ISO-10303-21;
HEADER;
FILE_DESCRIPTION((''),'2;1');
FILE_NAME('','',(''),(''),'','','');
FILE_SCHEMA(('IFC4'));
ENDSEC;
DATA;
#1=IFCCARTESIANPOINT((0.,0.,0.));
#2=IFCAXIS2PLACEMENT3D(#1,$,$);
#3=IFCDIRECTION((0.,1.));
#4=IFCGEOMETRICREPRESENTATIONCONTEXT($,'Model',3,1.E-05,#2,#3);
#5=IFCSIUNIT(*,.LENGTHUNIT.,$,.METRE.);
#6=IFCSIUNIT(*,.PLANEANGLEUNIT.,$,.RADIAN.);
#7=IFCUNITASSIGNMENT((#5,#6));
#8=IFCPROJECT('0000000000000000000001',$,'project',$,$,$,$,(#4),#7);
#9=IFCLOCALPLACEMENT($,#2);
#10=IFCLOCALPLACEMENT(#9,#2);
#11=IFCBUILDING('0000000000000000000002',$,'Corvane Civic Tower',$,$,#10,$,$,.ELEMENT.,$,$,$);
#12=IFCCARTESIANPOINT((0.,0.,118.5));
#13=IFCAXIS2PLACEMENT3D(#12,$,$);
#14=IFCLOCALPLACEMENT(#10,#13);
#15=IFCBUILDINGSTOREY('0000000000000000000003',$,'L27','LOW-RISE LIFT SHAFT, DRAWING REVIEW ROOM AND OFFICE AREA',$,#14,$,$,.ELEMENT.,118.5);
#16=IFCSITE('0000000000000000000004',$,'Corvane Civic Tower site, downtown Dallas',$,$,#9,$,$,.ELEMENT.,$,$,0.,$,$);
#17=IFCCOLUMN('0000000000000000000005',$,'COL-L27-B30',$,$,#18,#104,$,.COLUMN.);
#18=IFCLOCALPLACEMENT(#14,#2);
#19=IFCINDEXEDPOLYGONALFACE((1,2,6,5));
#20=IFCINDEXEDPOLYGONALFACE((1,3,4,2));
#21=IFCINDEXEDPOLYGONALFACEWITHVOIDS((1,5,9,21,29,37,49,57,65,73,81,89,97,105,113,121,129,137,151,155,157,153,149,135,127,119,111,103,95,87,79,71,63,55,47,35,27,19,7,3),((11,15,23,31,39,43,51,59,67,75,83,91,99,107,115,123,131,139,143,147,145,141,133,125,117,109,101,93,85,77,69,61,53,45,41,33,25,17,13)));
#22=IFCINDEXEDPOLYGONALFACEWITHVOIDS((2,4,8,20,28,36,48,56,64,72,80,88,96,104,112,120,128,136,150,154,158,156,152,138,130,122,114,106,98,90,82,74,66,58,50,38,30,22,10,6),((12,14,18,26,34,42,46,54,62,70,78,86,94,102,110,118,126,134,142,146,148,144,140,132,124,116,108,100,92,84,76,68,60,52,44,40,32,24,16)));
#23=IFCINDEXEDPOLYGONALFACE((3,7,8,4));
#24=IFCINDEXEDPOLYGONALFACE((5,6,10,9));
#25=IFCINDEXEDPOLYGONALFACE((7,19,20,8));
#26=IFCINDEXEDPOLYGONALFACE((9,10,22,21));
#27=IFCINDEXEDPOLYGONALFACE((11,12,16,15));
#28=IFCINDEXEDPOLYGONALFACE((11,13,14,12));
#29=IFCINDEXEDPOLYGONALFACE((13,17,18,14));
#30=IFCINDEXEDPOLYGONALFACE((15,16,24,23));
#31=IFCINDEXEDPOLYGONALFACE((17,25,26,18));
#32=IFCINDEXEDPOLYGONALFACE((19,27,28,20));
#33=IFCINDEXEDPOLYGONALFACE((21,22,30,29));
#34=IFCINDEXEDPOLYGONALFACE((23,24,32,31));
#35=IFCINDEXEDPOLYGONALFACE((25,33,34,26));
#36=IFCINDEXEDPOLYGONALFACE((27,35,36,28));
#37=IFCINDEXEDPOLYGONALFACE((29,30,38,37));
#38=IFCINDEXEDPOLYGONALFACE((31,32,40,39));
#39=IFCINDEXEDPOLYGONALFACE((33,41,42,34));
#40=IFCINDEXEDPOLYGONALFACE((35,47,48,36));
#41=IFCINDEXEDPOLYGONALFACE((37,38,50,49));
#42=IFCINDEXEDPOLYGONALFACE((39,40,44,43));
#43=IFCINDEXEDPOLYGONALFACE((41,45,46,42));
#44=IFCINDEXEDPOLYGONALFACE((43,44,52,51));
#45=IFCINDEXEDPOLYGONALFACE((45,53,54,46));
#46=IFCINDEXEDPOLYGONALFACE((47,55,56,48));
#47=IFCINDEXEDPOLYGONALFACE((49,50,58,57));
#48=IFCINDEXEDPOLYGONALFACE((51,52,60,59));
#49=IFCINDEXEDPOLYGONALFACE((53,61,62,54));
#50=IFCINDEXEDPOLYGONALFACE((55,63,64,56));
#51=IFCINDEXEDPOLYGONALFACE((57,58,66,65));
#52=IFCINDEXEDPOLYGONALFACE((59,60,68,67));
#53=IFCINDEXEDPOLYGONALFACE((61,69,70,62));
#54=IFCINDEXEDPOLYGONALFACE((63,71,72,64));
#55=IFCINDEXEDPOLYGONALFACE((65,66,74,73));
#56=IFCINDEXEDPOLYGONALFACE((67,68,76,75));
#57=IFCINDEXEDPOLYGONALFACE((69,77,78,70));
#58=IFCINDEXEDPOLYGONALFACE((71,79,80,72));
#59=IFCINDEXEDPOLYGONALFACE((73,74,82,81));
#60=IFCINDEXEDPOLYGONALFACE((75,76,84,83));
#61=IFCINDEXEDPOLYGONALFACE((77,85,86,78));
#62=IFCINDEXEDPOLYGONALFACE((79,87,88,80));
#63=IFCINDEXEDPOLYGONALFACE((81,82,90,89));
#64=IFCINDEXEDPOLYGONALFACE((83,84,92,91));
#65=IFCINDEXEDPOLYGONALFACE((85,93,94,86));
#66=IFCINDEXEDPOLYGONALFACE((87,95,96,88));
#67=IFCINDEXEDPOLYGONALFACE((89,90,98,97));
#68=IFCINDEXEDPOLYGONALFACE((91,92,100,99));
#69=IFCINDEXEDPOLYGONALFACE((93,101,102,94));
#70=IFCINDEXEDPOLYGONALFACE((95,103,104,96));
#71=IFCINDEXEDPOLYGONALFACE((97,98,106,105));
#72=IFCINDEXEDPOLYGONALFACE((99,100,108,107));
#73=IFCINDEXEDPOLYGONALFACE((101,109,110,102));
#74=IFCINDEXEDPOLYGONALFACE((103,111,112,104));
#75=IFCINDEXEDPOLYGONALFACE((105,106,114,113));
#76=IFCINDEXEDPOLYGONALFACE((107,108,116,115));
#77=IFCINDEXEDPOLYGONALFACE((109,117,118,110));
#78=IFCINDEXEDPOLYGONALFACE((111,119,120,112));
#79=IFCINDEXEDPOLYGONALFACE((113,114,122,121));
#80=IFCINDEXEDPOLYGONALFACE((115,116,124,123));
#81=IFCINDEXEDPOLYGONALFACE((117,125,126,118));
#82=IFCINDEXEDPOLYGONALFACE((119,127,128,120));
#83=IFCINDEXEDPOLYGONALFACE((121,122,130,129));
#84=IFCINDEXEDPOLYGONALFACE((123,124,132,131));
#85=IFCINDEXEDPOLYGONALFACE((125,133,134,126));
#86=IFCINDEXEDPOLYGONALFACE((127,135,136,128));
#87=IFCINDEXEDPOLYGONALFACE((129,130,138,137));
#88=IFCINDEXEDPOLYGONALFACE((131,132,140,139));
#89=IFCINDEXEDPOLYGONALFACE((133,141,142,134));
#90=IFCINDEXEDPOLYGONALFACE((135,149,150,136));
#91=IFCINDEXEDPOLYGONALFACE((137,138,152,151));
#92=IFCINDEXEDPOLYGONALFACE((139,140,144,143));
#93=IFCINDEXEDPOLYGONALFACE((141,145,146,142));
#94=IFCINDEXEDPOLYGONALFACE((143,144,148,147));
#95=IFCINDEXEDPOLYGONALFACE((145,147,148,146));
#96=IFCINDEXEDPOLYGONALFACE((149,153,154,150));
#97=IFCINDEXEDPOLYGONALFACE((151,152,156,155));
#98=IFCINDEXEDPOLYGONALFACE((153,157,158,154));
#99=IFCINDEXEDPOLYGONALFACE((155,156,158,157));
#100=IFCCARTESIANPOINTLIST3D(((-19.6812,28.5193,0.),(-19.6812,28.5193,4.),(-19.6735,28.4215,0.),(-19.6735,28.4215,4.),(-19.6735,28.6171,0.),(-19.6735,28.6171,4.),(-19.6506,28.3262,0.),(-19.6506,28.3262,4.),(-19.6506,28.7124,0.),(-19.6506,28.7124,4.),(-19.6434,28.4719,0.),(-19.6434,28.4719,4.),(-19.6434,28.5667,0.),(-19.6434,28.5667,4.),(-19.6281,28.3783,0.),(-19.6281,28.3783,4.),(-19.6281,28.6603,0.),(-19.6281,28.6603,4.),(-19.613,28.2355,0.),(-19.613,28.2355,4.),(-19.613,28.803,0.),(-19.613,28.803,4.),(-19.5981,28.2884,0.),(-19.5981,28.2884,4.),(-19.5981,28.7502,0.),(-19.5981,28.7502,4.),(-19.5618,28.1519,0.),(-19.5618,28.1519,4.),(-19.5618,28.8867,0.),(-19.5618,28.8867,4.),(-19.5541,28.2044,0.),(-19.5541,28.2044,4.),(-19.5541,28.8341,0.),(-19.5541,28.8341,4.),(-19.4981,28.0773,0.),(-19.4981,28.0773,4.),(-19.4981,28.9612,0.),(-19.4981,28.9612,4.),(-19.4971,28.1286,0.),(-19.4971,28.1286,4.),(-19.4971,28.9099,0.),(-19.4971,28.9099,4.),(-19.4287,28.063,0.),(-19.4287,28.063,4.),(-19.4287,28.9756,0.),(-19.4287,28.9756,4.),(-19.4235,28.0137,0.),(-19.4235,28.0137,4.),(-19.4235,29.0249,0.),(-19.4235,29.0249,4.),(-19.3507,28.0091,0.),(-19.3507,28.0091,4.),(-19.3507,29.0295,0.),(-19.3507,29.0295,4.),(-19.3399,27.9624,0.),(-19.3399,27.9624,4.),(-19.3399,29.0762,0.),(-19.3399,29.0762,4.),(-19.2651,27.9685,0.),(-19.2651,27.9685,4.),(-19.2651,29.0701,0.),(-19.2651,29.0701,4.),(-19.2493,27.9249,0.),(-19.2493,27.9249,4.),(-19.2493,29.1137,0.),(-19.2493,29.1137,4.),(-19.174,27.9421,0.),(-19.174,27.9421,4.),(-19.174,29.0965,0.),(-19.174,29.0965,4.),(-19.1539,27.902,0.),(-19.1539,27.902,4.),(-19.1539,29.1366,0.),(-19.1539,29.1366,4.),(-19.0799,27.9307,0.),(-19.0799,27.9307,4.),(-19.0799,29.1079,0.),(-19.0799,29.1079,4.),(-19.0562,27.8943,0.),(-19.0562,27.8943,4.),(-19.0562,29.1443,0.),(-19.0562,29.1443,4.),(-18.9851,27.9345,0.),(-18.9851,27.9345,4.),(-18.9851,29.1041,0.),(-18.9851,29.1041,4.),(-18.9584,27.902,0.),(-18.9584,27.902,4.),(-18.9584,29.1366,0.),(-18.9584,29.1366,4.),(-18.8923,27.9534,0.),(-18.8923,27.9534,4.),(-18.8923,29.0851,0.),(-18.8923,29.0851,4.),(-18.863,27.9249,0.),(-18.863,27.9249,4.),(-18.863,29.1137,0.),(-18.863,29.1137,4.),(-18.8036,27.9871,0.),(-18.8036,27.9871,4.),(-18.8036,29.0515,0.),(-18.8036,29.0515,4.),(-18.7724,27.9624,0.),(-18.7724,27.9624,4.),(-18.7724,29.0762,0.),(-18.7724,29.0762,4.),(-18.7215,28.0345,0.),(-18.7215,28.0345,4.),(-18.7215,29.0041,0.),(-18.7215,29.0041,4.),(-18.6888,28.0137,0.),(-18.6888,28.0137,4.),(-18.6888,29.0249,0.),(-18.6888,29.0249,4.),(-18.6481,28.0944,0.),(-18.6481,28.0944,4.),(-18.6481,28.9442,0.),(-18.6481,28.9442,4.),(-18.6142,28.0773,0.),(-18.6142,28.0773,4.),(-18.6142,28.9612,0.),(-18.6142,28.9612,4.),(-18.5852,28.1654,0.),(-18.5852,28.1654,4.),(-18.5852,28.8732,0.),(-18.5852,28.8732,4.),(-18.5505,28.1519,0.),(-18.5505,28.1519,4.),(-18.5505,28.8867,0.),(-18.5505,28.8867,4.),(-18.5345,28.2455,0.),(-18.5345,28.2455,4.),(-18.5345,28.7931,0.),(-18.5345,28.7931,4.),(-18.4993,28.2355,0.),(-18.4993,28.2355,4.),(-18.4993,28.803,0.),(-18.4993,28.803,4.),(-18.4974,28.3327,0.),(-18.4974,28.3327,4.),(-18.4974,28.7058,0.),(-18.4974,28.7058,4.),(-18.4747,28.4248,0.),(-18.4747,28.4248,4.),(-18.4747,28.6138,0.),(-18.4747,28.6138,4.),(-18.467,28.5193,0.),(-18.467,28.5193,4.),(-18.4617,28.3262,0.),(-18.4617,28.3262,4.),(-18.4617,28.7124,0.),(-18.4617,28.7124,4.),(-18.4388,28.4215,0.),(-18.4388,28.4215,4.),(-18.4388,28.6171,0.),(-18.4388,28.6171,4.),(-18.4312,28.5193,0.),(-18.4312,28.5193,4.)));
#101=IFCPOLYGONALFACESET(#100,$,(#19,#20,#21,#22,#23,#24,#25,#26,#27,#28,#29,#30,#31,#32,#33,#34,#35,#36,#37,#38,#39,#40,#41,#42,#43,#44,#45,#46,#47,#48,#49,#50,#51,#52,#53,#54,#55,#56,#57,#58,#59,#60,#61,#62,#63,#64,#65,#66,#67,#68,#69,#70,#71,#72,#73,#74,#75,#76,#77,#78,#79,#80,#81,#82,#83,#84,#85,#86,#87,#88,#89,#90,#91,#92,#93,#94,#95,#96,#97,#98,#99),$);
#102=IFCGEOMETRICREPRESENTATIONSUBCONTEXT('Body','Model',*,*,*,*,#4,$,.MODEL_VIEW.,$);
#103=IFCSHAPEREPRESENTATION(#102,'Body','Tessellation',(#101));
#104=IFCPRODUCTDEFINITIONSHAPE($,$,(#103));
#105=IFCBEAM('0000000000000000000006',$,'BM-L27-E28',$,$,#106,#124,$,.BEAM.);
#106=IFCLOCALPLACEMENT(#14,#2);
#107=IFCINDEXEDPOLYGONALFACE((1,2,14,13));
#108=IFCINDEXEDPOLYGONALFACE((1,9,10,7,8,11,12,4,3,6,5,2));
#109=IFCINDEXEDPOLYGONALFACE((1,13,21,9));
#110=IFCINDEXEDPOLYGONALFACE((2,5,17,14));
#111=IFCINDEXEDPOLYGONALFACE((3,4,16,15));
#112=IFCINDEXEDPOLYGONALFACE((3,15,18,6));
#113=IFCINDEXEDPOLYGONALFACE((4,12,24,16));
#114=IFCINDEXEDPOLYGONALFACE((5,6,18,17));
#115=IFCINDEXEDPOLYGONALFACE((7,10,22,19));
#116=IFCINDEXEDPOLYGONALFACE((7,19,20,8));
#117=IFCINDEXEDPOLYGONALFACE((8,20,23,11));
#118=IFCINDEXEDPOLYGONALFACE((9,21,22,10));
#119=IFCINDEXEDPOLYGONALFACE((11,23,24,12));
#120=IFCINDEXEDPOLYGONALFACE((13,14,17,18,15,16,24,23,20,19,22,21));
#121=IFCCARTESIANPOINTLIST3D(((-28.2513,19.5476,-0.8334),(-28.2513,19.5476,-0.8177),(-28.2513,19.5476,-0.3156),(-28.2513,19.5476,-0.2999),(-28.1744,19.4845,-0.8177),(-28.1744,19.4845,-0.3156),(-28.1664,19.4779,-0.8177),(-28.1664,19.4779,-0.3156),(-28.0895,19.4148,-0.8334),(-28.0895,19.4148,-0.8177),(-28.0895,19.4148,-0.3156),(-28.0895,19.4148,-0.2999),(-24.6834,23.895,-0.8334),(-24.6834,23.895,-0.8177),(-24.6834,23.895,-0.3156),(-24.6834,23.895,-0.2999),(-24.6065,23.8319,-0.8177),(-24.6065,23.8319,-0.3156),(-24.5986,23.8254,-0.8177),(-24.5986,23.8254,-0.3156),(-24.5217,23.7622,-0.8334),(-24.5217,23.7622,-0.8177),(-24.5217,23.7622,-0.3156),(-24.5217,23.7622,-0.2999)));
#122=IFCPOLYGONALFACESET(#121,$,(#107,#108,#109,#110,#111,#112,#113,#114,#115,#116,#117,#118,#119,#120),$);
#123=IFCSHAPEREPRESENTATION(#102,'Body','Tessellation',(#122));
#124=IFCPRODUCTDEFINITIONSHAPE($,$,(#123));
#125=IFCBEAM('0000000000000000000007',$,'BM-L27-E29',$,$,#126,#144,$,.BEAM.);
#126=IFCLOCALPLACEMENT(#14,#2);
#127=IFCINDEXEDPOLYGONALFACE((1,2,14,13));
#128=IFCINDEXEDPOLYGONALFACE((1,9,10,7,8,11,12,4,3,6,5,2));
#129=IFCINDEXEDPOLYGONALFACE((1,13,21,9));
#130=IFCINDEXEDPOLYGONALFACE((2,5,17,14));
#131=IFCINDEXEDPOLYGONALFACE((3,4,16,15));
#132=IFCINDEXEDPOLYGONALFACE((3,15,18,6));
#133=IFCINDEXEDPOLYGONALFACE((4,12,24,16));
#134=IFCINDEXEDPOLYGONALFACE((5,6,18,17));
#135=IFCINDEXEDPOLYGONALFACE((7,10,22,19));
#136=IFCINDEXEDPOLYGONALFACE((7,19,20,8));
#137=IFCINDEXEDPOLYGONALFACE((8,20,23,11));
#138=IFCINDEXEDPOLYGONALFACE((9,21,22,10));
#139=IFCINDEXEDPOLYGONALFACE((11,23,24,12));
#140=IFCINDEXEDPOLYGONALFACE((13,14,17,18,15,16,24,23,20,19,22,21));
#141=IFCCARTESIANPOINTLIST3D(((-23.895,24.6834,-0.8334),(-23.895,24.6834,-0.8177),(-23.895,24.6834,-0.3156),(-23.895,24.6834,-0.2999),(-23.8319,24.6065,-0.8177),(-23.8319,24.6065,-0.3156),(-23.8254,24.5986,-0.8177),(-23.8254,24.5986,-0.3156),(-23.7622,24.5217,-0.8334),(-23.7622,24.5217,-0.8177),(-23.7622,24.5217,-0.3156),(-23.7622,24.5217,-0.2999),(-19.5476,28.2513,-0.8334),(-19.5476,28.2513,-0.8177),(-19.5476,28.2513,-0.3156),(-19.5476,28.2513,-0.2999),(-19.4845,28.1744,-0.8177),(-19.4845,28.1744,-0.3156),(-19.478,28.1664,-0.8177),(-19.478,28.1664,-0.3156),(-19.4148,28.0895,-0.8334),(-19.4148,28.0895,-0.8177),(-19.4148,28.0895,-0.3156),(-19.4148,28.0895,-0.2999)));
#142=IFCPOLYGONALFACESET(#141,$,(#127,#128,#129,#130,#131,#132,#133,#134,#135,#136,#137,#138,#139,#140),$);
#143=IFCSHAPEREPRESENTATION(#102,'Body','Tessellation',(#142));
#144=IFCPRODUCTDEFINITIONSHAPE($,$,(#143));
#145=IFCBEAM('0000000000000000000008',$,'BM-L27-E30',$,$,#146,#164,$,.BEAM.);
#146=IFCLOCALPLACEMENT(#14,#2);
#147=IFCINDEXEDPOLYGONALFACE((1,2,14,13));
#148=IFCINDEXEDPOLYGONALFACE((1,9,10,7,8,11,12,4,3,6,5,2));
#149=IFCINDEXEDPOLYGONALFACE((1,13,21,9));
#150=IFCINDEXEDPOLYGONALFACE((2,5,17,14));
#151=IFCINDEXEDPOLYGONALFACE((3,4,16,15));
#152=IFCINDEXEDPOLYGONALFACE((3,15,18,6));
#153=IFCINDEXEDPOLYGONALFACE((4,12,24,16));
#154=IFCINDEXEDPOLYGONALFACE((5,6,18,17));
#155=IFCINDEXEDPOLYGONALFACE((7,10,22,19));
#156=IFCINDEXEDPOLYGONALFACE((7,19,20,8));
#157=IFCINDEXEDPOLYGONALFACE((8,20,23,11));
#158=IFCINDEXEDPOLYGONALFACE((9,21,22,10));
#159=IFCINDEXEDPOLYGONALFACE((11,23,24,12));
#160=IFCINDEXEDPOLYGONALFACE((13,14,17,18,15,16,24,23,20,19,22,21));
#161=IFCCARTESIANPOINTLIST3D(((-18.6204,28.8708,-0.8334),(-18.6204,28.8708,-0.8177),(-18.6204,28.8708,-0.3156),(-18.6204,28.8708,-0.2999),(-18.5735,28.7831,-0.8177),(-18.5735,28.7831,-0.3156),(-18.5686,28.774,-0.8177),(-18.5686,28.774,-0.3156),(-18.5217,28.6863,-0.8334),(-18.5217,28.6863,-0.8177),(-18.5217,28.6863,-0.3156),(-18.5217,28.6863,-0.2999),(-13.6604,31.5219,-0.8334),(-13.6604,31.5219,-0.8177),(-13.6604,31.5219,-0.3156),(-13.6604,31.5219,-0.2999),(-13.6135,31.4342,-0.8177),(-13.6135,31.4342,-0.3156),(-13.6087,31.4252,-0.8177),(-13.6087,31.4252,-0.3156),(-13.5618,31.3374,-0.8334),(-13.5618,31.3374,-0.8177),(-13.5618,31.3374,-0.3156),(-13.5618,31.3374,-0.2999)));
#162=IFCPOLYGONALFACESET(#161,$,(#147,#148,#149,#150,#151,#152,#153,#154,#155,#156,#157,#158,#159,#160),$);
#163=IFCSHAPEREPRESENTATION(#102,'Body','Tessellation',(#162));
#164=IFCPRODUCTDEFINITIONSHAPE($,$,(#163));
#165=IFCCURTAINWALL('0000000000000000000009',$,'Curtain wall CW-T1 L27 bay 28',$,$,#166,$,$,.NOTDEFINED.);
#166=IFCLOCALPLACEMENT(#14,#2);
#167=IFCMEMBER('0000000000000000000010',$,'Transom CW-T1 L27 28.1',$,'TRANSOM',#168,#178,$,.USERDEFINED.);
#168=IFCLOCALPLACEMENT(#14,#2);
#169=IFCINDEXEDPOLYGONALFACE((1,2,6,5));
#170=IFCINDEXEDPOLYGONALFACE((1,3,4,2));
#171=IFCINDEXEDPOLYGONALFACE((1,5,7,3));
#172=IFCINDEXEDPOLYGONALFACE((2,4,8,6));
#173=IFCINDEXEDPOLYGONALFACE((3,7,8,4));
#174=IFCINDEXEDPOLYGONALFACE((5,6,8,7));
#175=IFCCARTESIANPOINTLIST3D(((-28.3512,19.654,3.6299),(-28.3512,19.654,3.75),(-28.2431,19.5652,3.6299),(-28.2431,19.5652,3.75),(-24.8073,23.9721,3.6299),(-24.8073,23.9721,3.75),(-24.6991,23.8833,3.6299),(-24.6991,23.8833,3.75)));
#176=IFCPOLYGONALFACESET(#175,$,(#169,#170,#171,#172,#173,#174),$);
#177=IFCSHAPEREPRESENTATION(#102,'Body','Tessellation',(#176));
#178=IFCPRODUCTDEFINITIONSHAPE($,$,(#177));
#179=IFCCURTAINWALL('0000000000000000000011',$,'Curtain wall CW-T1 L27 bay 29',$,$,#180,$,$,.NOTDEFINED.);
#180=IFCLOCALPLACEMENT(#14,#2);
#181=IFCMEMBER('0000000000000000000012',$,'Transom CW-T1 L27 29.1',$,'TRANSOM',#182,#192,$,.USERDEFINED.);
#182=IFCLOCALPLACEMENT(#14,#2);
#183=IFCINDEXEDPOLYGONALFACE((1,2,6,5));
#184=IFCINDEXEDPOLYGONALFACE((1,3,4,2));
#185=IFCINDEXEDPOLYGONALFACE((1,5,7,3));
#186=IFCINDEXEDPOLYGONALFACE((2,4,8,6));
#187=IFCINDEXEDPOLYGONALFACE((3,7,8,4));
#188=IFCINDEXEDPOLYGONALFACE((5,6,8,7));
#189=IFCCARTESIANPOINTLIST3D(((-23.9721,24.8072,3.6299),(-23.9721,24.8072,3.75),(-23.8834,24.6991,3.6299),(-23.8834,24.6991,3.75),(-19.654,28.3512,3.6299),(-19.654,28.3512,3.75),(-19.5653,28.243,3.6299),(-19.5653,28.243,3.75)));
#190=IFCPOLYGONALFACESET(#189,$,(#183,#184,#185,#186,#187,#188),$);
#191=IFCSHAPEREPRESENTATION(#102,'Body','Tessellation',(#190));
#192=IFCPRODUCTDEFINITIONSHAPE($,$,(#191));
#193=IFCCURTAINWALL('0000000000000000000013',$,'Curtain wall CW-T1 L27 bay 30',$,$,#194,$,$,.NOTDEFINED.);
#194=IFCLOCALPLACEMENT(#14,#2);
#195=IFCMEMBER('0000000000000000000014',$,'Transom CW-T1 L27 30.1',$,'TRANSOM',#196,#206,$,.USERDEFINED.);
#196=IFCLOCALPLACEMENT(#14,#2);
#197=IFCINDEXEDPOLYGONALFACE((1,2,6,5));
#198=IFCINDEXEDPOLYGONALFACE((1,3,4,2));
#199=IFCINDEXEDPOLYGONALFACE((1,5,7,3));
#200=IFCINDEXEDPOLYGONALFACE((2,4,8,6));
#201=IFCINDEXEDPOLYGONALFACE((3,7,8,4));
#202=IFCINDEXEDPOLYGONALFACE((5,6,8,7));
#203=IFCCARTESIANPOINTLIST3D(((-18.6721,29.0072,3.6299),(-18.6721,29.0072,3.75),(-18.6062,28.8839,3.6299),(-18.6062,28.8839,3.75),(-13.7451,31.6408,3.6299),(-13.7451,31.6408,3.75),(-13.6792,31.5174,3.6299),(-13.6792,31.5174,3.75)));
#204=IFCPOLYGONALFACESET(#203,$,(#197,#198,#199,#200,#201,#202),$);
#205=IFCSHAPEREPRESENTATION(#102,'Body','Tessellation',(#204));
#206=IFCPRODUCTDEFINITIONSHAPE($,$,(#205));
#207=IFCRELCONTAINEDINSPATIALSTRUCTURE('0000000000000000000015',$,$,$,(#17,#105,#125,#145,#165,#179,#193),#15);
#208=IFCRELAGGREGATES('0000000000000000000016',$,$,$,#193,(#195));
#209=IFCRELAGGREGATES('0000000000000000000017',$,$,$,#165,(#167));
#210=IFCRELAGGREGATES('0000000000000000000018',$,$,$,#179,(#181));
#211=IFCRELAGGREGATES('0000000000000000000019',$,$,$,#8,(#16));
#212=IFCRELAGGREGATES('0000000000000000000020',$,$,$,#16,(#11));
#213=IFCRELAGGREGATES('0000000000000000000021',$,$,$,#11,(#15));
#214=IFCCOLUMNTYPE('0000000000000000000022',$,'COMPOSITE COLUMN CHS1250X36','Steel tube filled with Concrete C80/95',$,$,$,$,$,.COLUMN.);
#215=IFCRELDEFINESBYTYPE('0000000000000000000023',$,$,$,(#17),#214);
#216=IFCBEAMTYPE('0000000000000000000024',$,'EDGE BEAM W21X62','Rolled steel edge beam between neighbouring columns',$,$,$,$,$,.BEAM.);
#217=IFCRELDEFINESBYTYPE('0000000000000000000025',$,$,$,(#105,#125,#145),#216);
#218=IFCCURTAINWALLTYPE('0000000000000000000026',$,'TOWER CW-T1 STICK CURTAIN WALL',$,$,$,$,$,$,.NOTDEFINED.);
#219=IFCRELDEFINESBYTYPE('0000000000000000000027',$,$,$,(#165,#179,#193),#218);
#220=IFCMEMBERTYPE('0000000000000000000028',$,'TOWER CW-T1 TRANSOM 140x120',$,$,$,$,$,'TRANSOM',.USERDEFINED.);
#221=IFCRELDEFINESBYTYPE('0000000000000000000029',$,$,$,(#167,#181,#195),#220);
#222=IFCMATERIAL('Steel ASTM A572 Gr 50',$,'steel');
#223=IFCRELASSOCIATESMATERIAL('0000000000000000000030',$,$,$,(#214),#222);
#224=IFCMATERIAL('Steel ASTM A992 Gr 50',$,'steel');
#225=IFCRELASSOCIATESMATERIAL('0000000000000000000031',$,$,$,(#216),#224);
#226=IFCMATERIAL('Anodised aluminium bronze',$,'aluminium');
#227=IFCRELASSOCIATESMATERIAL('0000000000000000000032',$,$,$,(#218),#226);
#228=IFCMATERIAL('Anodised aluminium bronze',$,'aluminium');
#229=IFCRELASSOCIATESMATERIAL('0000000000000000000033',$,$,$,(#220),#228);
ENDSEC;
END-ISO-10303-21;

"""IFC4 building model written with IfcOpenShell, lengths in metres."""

from ifc_helpers import new_model, si_unit, direction, frame, origin, origin_2d, place, context, subcontext, project, spatial, rectangle, hollow_circle, i_section, extrude, material, material_profile, profile_set, type_object, element, aggregate, save


model = new_model("IFC4")

# Units and contexts
model_context = context("Model", 3, precision=1e-05, world=origin(), true_north=direction((0.0, 1.0)))
body_context = subcontext(model_context, "Body", "Model", "MODEL_VIEW")
ifc_project = project(units=[si_unit("LENGTHUNIT", "METRE"), si_unit("PLANEANGLEUNIT", "RADIAN")], contexts=[model_context])

# Site, building, storey
site_placement = place(None, origin())
site = spatial("IfcSite", under=ifc_project, at=site_placement, Name="Corvane Civic Tower site, downtown Dallas", CompositionType="ELEMENT", RefElevation=0.0)
building_placement = place(site_placement, origin())
building = spatial("IfcBuilding", under=site, at=building_placement, Name="Corvane Civic Tower", CompositionType="ELEMENT")
storey_placement = place(building_placement, frame((0.0, 0.0, 118.5)))
storey = spatial("IfcBuildingStorey", under=building, at=storey_placement, Name="L27", Description="LOW-RISE LIFT SHAFT, DRAWING REVIEW ROOM AND OFFICE AREA", CompositionType="ELEMENT", Elevation=118.5)

# Column
ifc_material_1 = material(Name="Steel ASTM A572 Gr 50", Category="steel")
ifc_material_profile_1 = material_profile(ifc_material_1, hollow_circle(Radius=0.625, WallThickness=0.0359, at=origin_2d()), Name="CHS1250X36")
ifc_profile_set_1 = profile_set([ifc_material_profile_1], Name="Steel ASTM A572 Gr 50")
column_type = type_object("IfcColumnType", Name="COMPOSITE COLUMN CHS1250X36", Description="Steel tube filled with Concrete C80/95", PredefinedType="COLUMN", material=ifc_profile_set_1)
for number, where, z_axis, x_axis, name in (
    (1, (-19.0562, 28.5193, 0.0), (0.0, 0.0, 1.0), (1.0, 0.0, 0.0), "COL-L27-B30"),
):
    element("IfcColumn", number, at=place(storey_placement, frame(where, z_axis=z_axis, x_axis=x_axis)), inside=storey, type_object=column_type, Name=name, PredefinedType="COLUMN", context=body_context, shape_type="SweptSolid", body=[
        extrude(hollow_circle(Radius=0.625, WallThickness=0.0359, at=origin_2d()), origin(), (0.0, 0.0, 1.0), 4.0),
    ])

# Beams
ifc_material_2 = material(Name="Steel ASTM A992 Gr 50", Category="steel")
ifc_material_profile_2 = material_profile(ifc_material_2, i_section(OverallWidth=0.2092, OverallDepth=0.5334, WebThickness=0.0103, FlangeThickness=0.0156, at=origin_2d()), Name="W21X62")
ifc_profile_set_2 = profile_set([ifc_material_profile_2], Name="Steel ASTM A992 Gr 50")
beam_type = type_object("IfcBeamType", Name="EDGE BEAM W21X62", Description="Rolled steel edge beam between neighbouring columns", PredefinedType="BEAM", material=ifc_profile_set_2)
for number, where, z_axis, x_axis, name in (
    (2, (-28.1704, 19.4812, -0.5667), (0.634398, 0.773007, 0.0), (-0.773007, 0.634398, 0.0), "BM-L27-E28"),
    (3, (-23.8286, 24.6025, -0.5667), (0.773007, 0.634398, 0.0), (-0.634398, 0.773007, 0.0), "BM-L27-E29"),
    (4, (-18.571, 28.7786, -0.5667), (0.881924, 0.471392, 0.0), (-0.471392, 0.881924, 0.0), "BM-L27-E30"),
):
    element("IfcBeam", number, at=place(storey_placement, frame(where, z_axis=z_axis, x_axis=x_axis)), inside=storey, type_object=beam_type, Name=name, PredefinedType="BEAM", context=body_context, shape_type="SweptSolid", body=[
        extrude(i_section(OverallWidth=0.2092, OverallDepth=0.5334, WebThickness=0.0103, FlangeThickness=0.0156, at=origin_2d()), origin(), (0.0, 0.0, 1.0), 5.624),
    ])

# Curtain walls, members
ifc_material_3 = material(Name="Anodised aluminium bronze", Category="aluminium")
curtain_wall_type = type_object("IfcCurtainWallType", Name="TOWER CW-T1 STICK CURTAIN WALL", PredefinedType="NOTDEFINED", material=ifc_material_3)
curtain_wall_1_placement = place(storey_placement, origin())
curtain_wall_1 = element("IfcCurtainWall", 5, at=curtain_wall_1_placement, inside=storey, type_object=curtain_wall_type, Name="Curtain wall CW-T1 L27 bay 28", PredefinedType="NOTDEFINED")
ifc_material_4 = material(Name="Anodised aluminium bronze", Category="aluminium")
ifc_material_profile_3 = material_profile(ifc_material_4, rectangle(XDim=0.1399, YDim=0.1201, at=origin_2d()), Name="TOWER CW-T1 TRANSOM 140x120")
ifc_profile_set_3 = profile_set([ifc_material_profile_3], Name="Anodised aluminium bronze")
member_type = type_object("IfcMemberType", Name="TOWER CW-T1 TRANSOM 140x120", ElementType="TRANSOM", PredefinedType="USERDEFINED", material=ifc_profile_set_3)
member_1_placement = place(storey_placement, frame((-28.2971, 19.6096, 3.6899), z_axis=(0.63441, 0.772996, 0.0), x_axis=(-0.772996, 0.63441, 0.0)))
member_1 = element("IfcMember", 6, at=member_1_placement, type_object=member_type, Name="Transom CW-T1 L27 28.1", ObjectType="TRANSOM", PredefinedType="USERDEFINED", context=body_context, shape_type="SweptSolid", body=[
    extrude(rectangle(XDim=0.1399, YDim=0.1201, at=origin_2d()), origin(), (0.0, 0.0, 1.0), 5.5862),
])
curtain_wall_2_placement = place(storey_placement, origin())
curtain_wall_2 = element("IfcCurtainWall", 7, at=curtain_wall_2_placement, inside=storey, type_object=curtain_wall_type, Name="Curtain wall CW-T1 L27 bay 29", PredefinedType="NOTDEFINED")
member_2_placement = place(storey_placement, frame((-23.9277, 24.7532, 3.6899), z_axis=(0.772996, 0.63441, 0.0), x_axis=(-0.63441, 0.772996, 0.0)))
member_2 = element("IfcMember", 8, at=member_2_placement, type_object=member_type, Name="Transom CW-T1 L27 29.1", ObjectType="TRANSOM", PredefinedType="USERDEFINED", context=body_context, shape_type="SweptSolid", body=[
    extrude(rectangle(XDim=0.1399, YDim=0.1201, at=origin_2d()), origin(), (0.0, 0.0, 1.0), 5.5862),
])
curtain_wall_3_placement = place(storey_placement, origin())
curtain_wall_3 = element("IfcCurtainWall", 9, at=curtain_wall_3_placement, inside=storey, type_object=curtain_wall_type, Name="Curtain wall CW-T1 L27 bay 30", PredefinedType="NOTDEFINED")
member_3_placement = place(storey_placement, frame((-18.6392, 28.9456, 3.6899), z_axis=(0.881921, 0.471398, 0.0), x_axis=(-0.471398, 0.881921, 0.0)))
member_3 = element("IfcMember", 10, at=member_3_placement, type_object=member_type, Name="Transom CW-T1 L27 30.1", ObjectType="TRANSOM", PredefinedType="USERDEFINED", context=body_context, shape_type="SweptSolid", body=[
    extrude(rectangle(XDim=0.1399, YDim=0.1201, at=origin_2d()), origin(), (0.0, 0.0, 1.0), 5.5867),
])
aggregate(curtain_wall_3, [member_3])

aggregate(curtain_wall_1, [member_1])
aggregate(curtain_wall_2, [member_2])

save(model, "model.ifc")
